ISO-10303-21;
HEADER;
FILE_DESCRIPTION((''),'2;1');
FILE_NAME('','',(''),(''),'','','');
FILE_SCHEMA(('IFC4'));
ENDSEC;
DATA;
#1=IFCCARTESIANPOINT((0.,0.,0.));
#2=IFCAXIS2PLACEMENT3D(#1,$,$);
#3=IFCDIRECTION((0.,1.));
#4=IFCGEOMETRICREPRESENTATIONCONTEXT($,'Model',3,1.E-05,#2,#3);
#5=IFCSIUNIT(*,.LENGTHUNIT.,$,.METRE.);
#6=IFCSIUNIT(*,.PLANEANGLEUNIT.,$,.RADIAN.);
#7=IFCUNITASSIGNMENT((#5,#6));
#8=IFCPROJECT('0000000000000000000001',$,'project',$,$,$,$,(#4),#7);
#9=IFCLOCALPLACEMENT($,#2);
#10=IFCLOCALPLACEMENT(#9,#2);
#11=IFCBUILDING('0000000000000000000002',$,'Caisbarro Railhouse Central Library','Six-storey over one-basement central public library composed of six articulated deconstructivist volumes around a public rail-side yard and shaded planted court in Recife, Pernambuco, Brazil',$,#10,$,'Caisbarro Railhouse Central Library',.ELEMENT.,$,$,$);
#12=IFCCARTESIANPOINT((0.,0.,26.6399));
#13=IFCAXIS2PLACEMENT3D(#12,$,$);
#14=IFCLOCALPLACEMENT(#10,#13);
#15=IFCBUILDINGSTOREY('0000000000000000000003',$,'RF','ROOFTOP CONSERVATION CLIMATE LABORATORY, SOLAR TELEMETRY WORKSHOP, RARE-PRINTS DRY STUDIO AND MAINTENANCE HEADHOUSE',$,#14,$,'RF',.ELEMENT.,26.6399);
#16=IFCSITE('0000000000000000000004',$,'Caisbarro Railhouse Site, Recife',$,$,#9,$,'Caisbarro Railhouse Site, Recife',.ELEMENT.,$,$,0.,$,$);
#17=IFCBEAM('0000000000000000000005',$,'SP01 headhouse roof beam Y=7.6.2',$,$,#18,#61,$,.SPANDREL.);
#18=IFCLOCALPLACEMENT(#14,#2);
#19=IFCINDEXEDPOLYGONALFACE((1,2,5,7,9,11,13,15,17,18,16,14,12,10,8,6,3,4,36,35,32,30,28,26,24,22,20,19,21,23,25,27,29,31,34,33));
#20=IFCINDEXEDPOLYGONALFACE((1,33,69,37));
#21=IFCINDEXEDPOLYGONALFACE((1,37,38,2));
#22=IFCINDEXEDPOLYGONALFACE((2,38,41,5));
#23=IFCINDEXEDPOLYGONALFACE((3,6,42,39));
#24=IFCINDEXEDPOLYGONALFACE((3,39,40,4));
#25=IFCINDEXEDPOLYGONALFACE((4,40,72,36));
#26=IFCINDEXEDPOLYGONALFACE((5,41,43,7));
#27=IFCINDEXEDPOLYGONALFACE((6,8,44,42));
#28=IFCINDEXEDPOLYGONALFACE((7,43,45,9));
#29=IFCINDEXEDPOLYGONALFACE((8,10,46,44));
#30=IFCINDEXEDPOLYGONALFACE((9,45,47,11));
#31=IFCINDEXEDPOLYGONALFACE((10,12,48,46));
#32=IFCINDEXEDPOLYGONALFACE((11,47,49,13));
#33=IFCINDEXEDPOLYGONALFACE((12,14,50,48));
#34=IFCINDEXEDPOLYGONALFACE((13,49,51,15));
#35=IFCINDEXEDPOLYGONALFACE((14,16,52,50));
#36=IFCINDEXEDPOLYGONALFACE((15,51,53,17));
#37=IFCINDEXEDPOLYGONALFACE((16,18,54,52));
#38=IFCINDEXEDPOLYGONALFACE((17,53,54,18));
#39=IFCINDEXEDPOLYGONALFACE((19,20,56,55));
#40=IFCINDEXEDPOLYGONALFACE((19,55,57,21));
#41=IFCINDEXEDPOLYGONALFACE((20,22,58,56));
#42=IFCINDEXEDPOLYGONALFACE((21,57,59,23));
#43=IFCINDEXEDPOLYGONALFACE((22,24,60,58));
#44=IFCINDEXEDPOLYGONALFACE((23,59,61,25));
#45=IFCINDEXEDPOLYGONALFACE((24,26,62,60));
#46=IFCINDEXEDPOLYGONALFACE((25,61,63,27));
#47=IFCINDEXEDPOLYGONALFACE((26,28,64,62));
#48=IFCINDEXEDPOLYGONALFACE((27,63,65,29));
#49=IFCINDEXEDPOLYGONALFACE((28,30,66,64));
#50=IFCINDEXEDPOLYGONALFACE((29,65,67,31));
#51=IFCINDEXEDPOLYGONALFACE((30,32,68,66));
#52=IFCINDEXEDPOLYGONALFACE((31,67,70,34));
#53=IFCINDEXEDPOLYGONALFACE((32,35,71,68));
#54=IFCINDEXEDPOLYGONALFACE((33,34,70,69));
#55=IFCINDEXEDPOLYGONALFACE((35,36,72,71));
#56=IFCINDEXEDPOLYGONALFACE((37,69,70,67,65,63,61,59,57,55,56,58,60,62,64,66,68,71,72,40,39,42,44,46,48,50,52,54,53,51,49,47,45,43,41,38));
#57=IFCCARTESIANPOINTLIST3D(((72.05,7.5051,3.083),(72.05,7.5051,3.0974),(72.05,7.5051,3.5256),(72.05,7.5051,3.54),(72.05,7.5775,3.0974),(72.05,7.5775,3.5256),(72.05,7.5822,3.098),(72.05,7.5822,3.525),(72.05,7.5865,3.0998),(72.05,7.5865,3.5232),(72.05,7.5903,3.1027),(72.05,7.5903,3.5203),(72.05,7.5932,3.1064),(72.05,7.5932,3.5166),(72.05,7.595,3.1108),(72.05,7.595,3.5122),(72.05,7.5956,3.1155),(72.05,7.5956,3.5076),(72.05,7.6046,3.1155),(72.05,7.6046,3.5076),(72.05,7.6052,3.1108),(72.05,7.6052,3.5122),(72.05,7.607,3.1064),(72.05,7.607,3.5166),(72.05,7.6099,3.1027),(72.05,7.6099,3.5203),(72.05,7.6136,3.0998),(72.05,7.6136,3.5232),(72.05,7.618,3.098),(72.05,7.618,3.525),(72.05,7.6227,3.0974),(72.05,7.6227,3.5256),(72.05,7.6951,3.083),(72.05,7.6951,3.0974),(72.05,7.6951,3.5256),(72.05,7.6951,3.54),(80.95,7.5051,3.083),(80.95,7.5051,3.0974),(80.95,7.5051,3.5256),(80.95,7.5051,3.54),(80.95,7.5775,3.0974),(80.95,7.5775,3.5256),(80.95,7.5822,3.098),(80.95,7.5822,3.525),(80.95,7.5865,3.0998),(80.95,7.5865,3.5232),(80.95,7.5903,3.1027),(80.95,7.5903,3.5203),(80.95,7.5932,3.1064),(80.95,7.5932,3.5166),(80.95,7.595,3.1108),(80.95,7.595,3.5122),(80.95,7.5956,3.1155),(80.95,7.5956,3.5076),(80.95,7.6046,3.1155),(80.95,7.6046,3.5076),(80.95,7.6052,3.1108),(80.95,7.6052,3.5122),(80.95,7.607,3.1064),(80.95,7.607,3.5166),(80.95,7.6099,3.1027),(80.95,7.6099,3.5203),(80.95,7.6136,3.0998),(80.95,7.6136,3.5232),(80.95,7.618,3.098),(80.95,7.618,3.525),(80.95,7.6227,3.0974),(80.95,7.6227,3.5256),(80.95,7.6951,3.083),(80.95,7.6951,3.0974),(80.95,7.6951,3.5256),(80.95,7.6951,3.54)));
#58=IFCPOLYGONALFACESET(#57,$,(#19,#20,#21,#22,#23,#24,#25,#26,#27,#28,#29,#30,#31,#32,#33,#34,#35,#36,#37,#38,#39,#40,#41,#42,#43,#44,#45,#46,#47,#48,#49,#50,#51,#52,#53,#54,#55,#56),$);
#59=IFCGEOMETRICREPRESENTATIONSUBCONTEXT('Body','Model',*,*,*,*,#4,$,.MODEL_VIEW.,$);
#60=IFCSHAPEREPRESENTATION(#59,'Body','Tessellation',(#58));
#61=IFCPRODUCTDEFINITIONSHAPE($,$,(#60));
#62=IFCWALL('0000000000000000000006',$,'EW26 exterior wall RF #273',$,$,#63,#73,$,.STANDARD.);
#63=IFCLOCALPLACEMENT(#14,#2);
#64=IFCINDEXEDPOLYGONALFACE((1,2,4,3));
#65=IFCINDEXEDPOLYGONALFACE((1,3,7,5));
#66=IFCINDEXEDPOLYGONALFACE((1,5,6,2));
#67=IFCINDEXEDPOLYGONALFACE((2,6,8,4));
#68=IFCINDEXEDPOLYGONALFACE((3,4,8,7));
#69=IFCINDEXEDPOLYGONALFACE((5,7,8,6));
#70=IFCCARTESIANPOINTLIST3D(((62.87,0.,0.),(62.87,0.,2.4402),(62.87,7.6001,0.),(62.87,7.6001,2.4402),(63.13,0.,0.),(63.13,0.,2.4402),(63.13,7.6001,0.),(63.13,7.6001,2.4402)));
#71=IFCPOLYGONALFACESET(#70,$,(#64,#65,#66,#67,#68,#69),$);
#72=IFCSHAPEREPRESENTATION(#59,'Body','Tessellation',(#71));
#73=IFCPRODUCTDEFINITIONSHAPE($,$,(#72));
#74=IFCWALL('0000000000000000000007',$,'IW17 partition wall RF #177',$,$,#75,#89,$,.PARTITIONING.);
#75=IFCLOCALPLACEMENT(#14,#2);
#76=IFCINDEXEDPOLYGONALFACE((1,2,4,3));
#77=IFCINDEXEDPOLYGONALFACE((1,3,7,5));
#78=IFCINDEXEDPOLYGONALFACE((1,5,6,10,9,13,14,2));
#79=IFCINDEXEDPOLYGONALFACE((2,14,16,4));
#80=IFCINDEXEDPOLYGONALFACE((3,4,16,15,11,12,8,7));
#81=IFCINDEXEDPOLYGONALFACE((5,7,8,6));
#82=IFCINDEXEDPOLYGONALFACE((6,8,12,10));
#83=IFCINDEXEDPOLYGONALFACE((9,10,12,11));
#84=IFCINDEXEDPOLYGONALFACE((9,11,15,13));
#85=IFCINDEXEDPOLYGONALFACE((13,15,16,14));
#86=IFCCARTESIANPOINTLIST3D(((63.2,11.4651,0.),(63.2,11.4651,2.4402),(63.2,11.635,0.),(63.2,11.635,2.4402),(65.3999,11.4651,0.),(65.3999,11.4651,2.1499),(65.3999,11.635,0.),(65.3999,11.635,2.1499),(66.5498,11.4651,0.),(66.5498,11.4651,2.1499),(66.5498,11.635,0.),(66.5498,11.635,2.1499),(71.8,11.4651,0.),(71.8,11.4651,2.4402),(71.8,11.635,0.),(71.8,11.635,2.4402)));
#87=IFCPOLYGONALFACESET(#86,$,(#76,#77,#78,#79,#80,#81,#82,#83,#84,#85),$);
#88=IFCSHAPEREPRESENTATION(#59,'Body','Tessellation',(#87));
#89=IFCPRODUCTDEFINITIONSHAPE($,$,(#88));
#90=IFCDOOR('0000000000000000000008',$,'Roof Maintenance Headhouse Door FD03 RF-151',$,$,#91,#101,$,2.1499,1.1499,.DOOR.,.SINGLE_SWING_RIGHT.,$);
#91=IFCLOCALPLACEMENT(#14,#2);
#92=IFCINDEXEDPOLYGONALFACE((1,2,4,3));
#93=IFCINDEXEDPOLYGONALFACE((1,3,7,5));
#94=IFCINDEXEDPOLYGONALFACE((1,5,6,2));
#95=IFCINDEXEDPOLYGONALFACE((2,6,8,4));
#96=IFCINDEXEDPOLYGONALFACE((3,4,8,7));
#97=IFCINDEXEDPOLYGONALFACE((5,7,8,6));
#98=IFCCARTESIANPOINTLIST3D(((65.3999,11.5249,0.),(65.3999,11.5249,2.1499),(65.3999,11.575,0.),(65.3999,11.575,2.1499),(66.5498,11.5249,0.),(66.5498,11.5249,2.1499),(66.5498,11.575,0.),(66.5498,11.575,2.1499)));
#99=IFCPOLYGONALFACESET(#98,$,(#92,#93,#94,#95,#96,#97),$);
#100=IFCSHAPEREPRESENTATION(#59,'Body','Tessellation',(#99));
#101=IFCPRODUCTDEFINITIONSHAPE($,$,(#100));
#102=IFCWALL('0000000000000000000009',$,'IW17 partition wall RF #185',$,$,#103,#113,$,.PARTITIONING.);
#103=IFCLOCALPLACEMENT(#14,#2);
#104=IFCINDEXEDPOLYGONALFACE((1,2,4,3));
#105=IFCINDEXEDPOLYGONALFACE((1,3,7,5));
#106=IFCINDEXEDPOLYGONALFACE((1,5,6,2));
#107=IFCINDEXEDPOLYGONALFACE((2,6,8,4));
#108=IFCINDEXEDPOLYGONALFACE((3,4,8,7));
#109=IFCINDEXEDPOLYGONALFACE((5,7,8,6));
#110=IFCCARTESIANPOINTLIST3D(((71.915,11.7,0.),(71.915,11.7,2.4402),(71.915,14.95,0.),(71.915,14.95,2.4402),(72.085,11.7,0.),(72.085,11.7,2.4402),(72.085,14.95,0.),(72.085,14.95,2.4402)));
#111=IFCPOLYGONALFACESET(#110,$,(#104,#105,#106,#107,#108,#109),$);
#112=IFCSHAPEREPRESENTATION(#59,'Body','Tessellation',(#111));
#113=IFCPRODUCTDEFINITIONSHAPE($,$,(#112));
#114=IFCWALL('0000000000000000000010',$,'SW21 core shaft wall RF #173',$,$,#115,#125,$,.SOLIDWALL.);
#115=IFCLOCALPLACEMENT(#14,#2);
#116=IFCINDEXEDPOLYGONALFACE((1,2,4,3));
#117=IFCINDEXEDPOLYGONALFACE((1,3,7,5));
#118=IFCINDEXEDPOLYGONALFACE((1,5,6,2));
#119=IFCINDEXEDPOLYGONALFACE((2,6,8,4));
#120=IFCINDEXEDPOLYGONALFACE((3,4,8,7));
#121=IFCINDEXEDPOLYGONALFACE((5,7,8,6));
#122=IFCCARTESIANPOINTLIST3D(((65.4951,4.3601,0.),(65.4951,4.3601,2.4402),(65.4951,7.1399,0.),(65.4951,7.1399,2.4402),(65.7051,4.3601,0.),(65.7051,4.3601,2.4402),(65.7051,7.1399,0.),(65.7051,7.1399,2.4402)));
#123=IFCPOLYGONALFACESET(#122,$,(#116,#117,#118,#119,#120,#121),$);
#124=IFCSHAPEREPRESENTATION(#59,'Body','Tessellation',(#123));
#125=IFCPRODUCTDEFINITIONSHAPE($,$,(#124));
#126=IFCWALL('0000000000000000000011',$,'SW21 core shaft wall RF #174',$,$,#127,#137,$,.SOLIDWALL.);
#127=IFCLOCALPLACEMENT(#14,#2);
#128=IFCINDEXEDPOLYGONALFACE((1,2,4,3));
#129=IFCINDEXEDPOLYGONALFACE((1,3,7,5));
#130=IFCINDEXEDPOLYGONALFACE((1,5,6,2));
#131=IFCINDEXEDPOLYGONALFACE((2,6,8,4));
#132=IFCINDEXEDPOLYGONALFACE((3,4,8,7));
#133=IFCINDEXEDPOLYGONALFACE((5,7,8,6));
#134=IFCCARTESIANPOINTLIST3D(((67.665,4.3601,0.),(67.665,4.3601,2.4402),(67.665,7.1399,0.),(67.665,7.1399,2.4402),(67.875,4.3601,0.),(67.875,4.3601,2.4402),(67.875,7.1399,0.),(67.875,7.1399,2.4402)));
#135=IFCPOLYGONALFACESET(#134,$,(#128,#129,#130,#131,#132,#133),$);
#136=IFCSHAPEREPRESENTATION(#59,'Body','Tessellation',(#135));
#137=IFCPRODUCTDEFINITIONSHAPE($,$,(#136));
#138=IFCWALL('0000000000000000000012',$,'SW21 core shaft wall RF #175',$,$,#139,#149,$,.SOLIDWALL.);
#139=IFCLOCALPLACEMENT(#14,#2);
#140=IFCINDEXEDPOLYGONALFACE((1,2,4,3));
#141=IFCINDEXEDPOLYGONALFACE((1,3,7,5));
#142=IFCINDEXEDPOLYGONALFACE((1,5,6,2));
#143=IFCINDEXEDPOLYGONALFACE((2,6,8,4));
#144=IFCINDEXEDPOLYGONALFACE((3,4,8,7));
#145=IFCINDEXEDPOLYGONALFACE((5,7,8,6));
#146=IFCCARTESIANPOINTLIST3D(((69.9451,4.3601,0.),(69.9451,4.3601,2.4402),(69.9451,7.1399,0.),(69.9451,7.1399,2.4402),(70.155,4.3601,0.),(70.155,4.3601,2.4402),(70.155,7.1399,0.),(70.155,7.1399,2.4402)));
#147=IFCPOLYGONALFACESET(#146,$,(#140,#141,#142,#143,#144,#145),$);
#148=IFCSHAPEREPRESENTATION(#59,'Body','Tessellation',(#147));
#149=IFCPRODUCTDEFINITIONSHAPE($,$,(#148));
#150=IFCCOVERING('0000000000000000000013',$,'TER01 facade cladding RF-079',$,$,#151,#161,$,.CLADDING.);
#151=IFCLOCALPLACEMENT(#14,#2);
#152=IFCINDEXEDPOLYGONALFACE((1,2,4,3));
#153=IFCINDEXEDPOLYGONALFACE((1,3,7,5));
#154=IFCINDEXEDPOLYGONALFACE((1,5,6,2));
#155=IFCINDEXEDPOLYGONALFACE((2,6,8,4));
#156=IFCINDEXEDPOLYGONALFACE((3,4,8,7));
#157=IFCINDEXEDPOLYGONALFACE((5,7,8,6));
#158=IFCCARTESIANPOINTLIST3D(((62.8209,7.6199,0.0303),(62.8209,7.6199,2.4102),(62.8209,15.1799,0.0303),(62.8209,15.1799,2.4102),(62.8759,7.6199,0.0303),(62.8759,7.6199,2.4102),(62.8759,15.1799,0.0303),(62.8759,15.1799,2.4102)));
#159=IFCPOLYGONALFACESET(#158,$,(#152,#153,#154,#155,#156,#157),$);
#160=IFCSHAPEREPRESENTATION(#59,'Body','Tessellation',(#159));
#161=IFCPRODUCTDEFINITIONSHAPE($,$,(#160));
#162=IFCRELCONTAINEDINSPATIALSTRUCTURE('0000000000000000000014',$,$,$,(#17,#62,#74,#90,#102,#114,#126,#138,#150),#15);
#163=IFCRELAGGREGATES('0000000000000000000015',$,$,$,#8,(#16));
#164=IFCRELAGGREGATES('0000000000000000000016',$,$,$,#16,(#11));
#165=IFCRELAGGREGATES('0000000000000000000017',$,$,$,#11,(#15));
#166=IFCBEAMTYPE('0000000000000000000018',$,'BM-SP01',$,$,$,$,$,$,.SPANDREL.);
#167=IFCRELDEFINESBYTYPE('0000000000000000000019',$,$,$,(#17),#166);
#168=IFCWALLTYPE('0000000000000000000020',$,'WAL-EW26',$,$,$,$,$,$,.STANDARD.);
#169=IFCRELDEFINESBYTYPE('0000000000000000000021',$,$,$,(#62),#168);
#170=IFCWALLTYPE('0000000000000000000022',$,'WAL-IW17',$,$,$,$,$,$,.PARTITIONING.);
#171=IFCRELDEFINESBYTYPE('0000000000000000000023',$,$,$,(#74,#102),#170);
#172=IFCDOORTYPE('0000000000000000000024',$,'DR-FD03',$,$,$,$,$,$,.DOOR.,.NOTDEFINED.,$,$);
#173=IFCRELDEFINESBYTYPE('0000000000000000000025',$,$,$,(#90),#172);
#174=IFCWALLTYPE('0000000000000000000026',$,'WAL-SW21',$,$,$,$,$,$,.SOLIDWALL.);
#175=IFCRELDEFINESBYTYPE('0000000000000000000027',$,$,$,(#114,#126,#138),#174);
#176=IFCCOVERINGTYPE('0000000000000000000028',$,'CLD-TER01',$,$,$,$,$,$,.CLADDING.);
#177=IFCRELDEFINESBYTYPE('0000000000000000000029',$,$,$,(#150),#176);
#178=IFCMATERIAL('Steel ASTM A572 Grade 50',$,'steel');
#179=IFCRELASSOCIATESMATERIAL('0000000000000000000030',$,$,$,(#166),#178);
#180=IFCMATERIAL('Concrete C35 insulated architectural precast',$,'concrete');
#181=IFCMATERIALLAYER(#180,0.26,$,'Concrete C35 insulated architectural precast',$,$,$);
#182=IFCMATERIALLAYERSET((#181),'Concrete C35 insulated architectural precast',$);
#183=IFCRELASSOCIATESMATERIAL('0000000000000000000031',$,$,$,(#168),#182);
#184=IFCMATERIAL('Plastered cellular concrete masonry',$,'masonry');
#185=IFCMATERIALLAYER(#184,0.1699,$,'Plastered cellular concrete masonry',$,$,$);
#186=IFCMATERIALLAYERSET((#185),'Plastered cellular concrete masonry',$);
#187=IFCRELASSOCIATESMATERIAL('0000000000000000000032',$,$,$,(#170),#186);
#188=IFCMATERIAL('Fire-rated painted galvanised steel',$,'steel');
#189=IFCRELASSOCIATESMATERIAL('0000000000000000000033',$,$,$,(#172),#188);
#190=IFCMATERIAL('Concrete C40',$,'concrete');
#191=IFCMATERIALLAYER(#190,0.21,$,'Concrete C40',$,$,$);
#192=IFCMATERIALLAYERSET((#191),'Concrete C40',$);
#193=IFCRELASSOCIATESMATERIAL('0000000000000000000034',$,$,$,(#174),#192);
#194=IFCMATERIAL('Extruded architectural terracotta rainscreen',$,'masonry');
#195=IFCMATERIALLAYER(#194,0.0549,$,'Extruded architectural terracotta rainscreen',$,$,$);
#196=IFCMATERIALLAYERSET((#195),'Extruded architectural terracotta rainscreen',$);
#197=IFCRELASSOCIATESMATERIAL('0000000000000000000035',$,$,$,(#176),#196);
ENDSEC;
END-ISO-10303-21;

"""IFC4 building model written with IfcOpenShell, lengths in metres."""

from ifc_helpers import new_model, si_unit, direction, frame, frame_2d, origin, origin_2d, place, context, subcontext, project, spatial, rectangle, i_section, extrude, material, layer, layer_set, material_profile, profile_set, type_object, element, fill, save


model = new_model("IFC4")

# Units and contexts
model_context = context("Model", 3, precision=1e-05, world=origin(), true_north=direction((0.0, 1.0)))
body_context = subcontext(model_context, "Body", "Model", "MODEL_VIEW")
ifc_project = project(units=[si_unit("LENGTHUNIT", "METRE"), si_unit("PLANEANGLEUNIT", "RADIAN")], contexts=[model_context])

# Site, building, storey
site_placement = place(None, origin())
site = spatial("IfcSite", under=ifc_project, at=site_placement, Name="Caisbarro Railhouse Site, Recife", LongName="Caisbarro Railhouse Site, Recife", CompositionType="ELEMENT", RefElevation=0.0)
building_placement = place(site_placement, origin())
building = spatial("IfcBuilding", under=site, at=building_placement, Name="Caisbarro Railhouse Central Library", Description="Six-storey over one-basement central public library composed of six articulated deconstructivist volumes around a public rail-side yard and shaded planted court in Recife, Pernambuco, Brazil", LongName="Caisbarro Railhouse Central Library", CompositionType="ELEMENT")
storey_placement = place(building_placement, frame((0.0, 0.0, 26.6399)))
storey = spatial("IfcBuildingStorey", under=building, at=storey_placement, Name="RF", Description="ROOFTOP CONSERVATION CLIMATE LABORATORY, SOLAR TELEMETRY WORKSHOP, RARE-PRINTS DRY STUDIO AND MAINTENANCE HEADHOUSE", LongName="RF", CompositionType="ELEMENT", Elevation=26.6399)

# Shared definitions
ifc_material_1 = material(Name="Steel ASTM A572 Grade 50", Category="steel")

# Beam
ifc_material_profile_1 = material_profile(ifc_material_1, i_section(OverallWidth=0.1899, OverallDepth=0.457, WebThickness=0.009, FlangeThickness=0.0144, FilletRadius=0.0181, at=origin_2d()), Name="W460X74.0")
ifc_profile_set_1 = profile_set([ifc_material_profile_1], Name="Steel ASTM A572 Grade 50")
beam_type_1 = type_object("IfcBeamType", Name="BM-SP01", PredefinedType="SPANDREL", material=ifc_profile_set_1)
for number, where, z_axis, x_axis, name in (
    (1, (72.05, 7.6001, 3.3115), (1.0, 0.0, 0.0), (0.0, 1.0, 0.0), "SP01 headhouse roof beam Y=7.6.2"),
):
    element("IfcBeam", number, at=place(storey_placement, frame(where, z_axis=z_axis, x_axis=x_axis)), inside=storey, type_object=beam_type_1, Name=name, PredefinedType="SPANDREL", context=body_context, shape_type="SweptSolid", body=[
        extrude(i_section(OverallWidth=0.1899, OverallDepth=0.457, WebThickness=0.009, FlangeThickness=0.0144, FilletRadius=0.0181, at=origin_2d()), origin(), (0.0, 0.0, 1.0), 8.8999),
    ])

# Wall
ifc_material_2 = material(Name="Concrete C35 insulated architectural precast", Category="concrete")
ifc_layer_1 = layer(ifc_material_2, 0.26, Name="Concrete C35 insulated architectural precast")
ifc_layer_set_1 = layer_set([ifc_layer_1], Name="Concrete C35 insulated architectural precast")
wall_type_1 = type_object("IfcWallType", Name="WAL-EW26", PredefinedType="STANDARD", material=ifc_layer_set_1)
wall_1_placement = place(storey_placement, frame((63.0, 7.6001, 0.0), z_axis=(0.0, 0.0, 1.0), x_axis=(0.0, -1.0, 0.0)))
element("IfcWall", 2, at=wall_1_placement, inside=storey, type_object=wall_type_1, Name="EW26 exterior wall RF #273", PredefinedType="STANDARD", context=body_context, shape_type="SweptSolid", body=[
    extrude(rectangle(XDim=7.6001, YDim=0.26, at=frame_2d((3.8, 0.0))), origin(), (0.0, 0.0, 1.0), 2.4402),
])

# Wall, opening, door
ifc_material_3 = material(Name="Plastered cellular concrete masonry", Category="masonry")
ifc_layer_2 = layer(ifc_material_3, 0.1699, Name="Plastered cellular concrete masonry")
ifc_layer_set_2 = layer_set([ifc_layer_2], Name="Plastered cellular concrete masonry")
wall_type_2 = type_object("IfcWallType", Name="WAL-IW17", PredefinedType="PARTITIONING", material=ifc_layer_set_2)
wall_2_placement = place(storey_placement, frame((63.2, 11.55, 0.0), z_axis=(0.0, 0.0, 1.0), x_axis=(1.0, 0.0, 0.0)))
wall_2 = element("IfcWall", 3, at=wall_2_placement, inside=storey, type_object=wall_type_2, Name="IW17 partition wall RF #177", PredefinedType="PARTITIONING", context=body_context, shape_type="SweptSolid", body=[
    extrude(rectangle(XDim=8.6001, YDim=0.1699, at=frame_2d((4.3, 0.0))), origin(), (0.0, 0.0, 1.0), 2.4402),
])
opening_1_placement = place(wall_2_placement, frame((2.2, 0.0, 0.0)))
opening_1 = element("IfcOpeningElement", 4, at=opening_1_placement, cuts=wall_2, PredefinedType="OPENING", context=body_context, shape_type="SweptSolid", body=[
    extrude(rectangle(XDim=1.1499, YDim=2.1499, at=frame_2d((0.575, 1.075))), frame((0.0, 0.095, 0.0), z_axis=(0.0, -1.0, 0.0), x_axis=(1.0, 0.0, 0.0)), (0.0, 0.0, 1.0), 0.1899),
])
ifc_material_4 = material(Name="Fire-rated painted galvanised steel", Category="steel")
door_type_1 = type_object("IfcDoorType", Name="DR-FD03", OperationType="NOTDEFINED", PredefinedType="DOOR", material=ifc_material_4)
door_1_placement = place(opening_1_placement, origin())
door_1 = element("IfcDoor", 5, at=door_1_placement, inside=storey, type_object=door_type_1, Name="Roof Maintenance Headhouse Door FD03 RF-151", OperationType="SINGLE_SWING_RIGHT", OverallHeight=2.1499, OverallWidth=1.1499, PredefinedType="DOOR", context=body_context, shape_type="SweptSolid", body=[
    extrude(rectangle(XDim=1.1499, YDim=2.1499, at=frame_2d((0.575, 1.075))), frame((0.0, 0.0249, 0.0), z_axis=(0.0, -1.0, 0.0), x_axis=(1.0, 0.0, 0.0)), (0.0, 0.0, 1.0), 0.05),
])
fill(opening_1, door_1)

# Walls
wall_3_placement = place(storey_placement, frame((72.0, 11.7, 0.0), z_axis=(0.0, 0.0, 1.0), x_axis=(0.0, 1.0, 0.0)))
element("IfcWall", 6, at=wall_3_placement, inside=storey, type_object=wall_type_2, Name="IW17 partition wall RF #185", PredefinedType="PARTITIONING", context=body_context, shape_type="SweptSolid", body=[
    extrude(rectangle(XDim=3.25, YDim=0.1699, at=frame_2d((1.625, 0.0))), origin(), (0.0, 0.0, 1.0), 2.4402),
])
ifc_material_5 = material(Name="Concrete C40", Category="concrete")
ifc_layer_3 = layer(ifc_material_5, 0.21, Name="Concrete C40")
ifc_layer_set_3 = layer_set([ifc_layer_3], Name="Concrete C40")
wall_type_3 = type_object("IfcWallType", Name="WAL-SW21", PredefinedType="SOLIDWALL", material=ifc_layer_set_3)
for number, where, z_axis, x_axis, name in (
    (7, (65.6001, 4.3601, 0.0), (0.0, 0.0, 1.0), (0.0, 1.0, 0.0), "SW21 core shaft wall RF #173"),
    (8, (67.77, 4.3601, 0.0), (0.0, 0.0, 1.0), (0.0, 1.0, 0.0), "SW21 core shaft wall RF #174"),
    (9, (70.05, 4.3601, 0.0), (0.0, 0.0, 1.0), (0.0, 1.0, 0.0), "SW21 core shaft wall RF #175"),
):
    element("IfcWall", number, at=place(storey_placement, frame(where, z_axis=z_axis, x_axis=x_axis)), inside=storey, type_object=wall_type_3, Name=name, PredefinedType="SOLIDWALL", context=body_context, shape_type="SweptSolid", body=[
        extrude(rectangle(XDim=2.7798, YDim=0.21, at=frame_2d((1.3899, 0.0))), origin(), (0.0, 0.0, 1.0), 2.4402),
    ])

# Covering
ifc_material_6 = material(Name="Extruded architectural terracotta rainscreen", Category="masonry")
ifc_layer_4 = layer(ifc_material_6, 0.0549, Name="Extruded architectural terracotta rainscreen")
ifc_layer_set_4 = layer_set([ifc_layer_4], Name="Extruded architectural terracotta rainscreen")
covering_type = type_object("IfcCoveringType", Name="CLD-TER01", PredefinedType="CLADDING", material=ifc_layer_set_4)
covering_placement = place(storey_placement, frame((62.8484, 11.3999, 0.0303), z_axis=(0.0, 0.0, 1.0), x_axis=(0.0, -1.0, 0.0)))
element("IfcCovering", 10, at=covering_placement, inside=storey, type_object=covering_type, Name="TER01 facade cladding RF-079", PredefinedType="CLADDING", context=body_context, shape_type="SweptSolid", body=[
    extrude(rectangle(XDim=7.5601, YDim=0.0549, at=origin_2d()), origin(), (0.0, 0.0, 1.0), 2.3799),
])

save(model, "model.ifc")
